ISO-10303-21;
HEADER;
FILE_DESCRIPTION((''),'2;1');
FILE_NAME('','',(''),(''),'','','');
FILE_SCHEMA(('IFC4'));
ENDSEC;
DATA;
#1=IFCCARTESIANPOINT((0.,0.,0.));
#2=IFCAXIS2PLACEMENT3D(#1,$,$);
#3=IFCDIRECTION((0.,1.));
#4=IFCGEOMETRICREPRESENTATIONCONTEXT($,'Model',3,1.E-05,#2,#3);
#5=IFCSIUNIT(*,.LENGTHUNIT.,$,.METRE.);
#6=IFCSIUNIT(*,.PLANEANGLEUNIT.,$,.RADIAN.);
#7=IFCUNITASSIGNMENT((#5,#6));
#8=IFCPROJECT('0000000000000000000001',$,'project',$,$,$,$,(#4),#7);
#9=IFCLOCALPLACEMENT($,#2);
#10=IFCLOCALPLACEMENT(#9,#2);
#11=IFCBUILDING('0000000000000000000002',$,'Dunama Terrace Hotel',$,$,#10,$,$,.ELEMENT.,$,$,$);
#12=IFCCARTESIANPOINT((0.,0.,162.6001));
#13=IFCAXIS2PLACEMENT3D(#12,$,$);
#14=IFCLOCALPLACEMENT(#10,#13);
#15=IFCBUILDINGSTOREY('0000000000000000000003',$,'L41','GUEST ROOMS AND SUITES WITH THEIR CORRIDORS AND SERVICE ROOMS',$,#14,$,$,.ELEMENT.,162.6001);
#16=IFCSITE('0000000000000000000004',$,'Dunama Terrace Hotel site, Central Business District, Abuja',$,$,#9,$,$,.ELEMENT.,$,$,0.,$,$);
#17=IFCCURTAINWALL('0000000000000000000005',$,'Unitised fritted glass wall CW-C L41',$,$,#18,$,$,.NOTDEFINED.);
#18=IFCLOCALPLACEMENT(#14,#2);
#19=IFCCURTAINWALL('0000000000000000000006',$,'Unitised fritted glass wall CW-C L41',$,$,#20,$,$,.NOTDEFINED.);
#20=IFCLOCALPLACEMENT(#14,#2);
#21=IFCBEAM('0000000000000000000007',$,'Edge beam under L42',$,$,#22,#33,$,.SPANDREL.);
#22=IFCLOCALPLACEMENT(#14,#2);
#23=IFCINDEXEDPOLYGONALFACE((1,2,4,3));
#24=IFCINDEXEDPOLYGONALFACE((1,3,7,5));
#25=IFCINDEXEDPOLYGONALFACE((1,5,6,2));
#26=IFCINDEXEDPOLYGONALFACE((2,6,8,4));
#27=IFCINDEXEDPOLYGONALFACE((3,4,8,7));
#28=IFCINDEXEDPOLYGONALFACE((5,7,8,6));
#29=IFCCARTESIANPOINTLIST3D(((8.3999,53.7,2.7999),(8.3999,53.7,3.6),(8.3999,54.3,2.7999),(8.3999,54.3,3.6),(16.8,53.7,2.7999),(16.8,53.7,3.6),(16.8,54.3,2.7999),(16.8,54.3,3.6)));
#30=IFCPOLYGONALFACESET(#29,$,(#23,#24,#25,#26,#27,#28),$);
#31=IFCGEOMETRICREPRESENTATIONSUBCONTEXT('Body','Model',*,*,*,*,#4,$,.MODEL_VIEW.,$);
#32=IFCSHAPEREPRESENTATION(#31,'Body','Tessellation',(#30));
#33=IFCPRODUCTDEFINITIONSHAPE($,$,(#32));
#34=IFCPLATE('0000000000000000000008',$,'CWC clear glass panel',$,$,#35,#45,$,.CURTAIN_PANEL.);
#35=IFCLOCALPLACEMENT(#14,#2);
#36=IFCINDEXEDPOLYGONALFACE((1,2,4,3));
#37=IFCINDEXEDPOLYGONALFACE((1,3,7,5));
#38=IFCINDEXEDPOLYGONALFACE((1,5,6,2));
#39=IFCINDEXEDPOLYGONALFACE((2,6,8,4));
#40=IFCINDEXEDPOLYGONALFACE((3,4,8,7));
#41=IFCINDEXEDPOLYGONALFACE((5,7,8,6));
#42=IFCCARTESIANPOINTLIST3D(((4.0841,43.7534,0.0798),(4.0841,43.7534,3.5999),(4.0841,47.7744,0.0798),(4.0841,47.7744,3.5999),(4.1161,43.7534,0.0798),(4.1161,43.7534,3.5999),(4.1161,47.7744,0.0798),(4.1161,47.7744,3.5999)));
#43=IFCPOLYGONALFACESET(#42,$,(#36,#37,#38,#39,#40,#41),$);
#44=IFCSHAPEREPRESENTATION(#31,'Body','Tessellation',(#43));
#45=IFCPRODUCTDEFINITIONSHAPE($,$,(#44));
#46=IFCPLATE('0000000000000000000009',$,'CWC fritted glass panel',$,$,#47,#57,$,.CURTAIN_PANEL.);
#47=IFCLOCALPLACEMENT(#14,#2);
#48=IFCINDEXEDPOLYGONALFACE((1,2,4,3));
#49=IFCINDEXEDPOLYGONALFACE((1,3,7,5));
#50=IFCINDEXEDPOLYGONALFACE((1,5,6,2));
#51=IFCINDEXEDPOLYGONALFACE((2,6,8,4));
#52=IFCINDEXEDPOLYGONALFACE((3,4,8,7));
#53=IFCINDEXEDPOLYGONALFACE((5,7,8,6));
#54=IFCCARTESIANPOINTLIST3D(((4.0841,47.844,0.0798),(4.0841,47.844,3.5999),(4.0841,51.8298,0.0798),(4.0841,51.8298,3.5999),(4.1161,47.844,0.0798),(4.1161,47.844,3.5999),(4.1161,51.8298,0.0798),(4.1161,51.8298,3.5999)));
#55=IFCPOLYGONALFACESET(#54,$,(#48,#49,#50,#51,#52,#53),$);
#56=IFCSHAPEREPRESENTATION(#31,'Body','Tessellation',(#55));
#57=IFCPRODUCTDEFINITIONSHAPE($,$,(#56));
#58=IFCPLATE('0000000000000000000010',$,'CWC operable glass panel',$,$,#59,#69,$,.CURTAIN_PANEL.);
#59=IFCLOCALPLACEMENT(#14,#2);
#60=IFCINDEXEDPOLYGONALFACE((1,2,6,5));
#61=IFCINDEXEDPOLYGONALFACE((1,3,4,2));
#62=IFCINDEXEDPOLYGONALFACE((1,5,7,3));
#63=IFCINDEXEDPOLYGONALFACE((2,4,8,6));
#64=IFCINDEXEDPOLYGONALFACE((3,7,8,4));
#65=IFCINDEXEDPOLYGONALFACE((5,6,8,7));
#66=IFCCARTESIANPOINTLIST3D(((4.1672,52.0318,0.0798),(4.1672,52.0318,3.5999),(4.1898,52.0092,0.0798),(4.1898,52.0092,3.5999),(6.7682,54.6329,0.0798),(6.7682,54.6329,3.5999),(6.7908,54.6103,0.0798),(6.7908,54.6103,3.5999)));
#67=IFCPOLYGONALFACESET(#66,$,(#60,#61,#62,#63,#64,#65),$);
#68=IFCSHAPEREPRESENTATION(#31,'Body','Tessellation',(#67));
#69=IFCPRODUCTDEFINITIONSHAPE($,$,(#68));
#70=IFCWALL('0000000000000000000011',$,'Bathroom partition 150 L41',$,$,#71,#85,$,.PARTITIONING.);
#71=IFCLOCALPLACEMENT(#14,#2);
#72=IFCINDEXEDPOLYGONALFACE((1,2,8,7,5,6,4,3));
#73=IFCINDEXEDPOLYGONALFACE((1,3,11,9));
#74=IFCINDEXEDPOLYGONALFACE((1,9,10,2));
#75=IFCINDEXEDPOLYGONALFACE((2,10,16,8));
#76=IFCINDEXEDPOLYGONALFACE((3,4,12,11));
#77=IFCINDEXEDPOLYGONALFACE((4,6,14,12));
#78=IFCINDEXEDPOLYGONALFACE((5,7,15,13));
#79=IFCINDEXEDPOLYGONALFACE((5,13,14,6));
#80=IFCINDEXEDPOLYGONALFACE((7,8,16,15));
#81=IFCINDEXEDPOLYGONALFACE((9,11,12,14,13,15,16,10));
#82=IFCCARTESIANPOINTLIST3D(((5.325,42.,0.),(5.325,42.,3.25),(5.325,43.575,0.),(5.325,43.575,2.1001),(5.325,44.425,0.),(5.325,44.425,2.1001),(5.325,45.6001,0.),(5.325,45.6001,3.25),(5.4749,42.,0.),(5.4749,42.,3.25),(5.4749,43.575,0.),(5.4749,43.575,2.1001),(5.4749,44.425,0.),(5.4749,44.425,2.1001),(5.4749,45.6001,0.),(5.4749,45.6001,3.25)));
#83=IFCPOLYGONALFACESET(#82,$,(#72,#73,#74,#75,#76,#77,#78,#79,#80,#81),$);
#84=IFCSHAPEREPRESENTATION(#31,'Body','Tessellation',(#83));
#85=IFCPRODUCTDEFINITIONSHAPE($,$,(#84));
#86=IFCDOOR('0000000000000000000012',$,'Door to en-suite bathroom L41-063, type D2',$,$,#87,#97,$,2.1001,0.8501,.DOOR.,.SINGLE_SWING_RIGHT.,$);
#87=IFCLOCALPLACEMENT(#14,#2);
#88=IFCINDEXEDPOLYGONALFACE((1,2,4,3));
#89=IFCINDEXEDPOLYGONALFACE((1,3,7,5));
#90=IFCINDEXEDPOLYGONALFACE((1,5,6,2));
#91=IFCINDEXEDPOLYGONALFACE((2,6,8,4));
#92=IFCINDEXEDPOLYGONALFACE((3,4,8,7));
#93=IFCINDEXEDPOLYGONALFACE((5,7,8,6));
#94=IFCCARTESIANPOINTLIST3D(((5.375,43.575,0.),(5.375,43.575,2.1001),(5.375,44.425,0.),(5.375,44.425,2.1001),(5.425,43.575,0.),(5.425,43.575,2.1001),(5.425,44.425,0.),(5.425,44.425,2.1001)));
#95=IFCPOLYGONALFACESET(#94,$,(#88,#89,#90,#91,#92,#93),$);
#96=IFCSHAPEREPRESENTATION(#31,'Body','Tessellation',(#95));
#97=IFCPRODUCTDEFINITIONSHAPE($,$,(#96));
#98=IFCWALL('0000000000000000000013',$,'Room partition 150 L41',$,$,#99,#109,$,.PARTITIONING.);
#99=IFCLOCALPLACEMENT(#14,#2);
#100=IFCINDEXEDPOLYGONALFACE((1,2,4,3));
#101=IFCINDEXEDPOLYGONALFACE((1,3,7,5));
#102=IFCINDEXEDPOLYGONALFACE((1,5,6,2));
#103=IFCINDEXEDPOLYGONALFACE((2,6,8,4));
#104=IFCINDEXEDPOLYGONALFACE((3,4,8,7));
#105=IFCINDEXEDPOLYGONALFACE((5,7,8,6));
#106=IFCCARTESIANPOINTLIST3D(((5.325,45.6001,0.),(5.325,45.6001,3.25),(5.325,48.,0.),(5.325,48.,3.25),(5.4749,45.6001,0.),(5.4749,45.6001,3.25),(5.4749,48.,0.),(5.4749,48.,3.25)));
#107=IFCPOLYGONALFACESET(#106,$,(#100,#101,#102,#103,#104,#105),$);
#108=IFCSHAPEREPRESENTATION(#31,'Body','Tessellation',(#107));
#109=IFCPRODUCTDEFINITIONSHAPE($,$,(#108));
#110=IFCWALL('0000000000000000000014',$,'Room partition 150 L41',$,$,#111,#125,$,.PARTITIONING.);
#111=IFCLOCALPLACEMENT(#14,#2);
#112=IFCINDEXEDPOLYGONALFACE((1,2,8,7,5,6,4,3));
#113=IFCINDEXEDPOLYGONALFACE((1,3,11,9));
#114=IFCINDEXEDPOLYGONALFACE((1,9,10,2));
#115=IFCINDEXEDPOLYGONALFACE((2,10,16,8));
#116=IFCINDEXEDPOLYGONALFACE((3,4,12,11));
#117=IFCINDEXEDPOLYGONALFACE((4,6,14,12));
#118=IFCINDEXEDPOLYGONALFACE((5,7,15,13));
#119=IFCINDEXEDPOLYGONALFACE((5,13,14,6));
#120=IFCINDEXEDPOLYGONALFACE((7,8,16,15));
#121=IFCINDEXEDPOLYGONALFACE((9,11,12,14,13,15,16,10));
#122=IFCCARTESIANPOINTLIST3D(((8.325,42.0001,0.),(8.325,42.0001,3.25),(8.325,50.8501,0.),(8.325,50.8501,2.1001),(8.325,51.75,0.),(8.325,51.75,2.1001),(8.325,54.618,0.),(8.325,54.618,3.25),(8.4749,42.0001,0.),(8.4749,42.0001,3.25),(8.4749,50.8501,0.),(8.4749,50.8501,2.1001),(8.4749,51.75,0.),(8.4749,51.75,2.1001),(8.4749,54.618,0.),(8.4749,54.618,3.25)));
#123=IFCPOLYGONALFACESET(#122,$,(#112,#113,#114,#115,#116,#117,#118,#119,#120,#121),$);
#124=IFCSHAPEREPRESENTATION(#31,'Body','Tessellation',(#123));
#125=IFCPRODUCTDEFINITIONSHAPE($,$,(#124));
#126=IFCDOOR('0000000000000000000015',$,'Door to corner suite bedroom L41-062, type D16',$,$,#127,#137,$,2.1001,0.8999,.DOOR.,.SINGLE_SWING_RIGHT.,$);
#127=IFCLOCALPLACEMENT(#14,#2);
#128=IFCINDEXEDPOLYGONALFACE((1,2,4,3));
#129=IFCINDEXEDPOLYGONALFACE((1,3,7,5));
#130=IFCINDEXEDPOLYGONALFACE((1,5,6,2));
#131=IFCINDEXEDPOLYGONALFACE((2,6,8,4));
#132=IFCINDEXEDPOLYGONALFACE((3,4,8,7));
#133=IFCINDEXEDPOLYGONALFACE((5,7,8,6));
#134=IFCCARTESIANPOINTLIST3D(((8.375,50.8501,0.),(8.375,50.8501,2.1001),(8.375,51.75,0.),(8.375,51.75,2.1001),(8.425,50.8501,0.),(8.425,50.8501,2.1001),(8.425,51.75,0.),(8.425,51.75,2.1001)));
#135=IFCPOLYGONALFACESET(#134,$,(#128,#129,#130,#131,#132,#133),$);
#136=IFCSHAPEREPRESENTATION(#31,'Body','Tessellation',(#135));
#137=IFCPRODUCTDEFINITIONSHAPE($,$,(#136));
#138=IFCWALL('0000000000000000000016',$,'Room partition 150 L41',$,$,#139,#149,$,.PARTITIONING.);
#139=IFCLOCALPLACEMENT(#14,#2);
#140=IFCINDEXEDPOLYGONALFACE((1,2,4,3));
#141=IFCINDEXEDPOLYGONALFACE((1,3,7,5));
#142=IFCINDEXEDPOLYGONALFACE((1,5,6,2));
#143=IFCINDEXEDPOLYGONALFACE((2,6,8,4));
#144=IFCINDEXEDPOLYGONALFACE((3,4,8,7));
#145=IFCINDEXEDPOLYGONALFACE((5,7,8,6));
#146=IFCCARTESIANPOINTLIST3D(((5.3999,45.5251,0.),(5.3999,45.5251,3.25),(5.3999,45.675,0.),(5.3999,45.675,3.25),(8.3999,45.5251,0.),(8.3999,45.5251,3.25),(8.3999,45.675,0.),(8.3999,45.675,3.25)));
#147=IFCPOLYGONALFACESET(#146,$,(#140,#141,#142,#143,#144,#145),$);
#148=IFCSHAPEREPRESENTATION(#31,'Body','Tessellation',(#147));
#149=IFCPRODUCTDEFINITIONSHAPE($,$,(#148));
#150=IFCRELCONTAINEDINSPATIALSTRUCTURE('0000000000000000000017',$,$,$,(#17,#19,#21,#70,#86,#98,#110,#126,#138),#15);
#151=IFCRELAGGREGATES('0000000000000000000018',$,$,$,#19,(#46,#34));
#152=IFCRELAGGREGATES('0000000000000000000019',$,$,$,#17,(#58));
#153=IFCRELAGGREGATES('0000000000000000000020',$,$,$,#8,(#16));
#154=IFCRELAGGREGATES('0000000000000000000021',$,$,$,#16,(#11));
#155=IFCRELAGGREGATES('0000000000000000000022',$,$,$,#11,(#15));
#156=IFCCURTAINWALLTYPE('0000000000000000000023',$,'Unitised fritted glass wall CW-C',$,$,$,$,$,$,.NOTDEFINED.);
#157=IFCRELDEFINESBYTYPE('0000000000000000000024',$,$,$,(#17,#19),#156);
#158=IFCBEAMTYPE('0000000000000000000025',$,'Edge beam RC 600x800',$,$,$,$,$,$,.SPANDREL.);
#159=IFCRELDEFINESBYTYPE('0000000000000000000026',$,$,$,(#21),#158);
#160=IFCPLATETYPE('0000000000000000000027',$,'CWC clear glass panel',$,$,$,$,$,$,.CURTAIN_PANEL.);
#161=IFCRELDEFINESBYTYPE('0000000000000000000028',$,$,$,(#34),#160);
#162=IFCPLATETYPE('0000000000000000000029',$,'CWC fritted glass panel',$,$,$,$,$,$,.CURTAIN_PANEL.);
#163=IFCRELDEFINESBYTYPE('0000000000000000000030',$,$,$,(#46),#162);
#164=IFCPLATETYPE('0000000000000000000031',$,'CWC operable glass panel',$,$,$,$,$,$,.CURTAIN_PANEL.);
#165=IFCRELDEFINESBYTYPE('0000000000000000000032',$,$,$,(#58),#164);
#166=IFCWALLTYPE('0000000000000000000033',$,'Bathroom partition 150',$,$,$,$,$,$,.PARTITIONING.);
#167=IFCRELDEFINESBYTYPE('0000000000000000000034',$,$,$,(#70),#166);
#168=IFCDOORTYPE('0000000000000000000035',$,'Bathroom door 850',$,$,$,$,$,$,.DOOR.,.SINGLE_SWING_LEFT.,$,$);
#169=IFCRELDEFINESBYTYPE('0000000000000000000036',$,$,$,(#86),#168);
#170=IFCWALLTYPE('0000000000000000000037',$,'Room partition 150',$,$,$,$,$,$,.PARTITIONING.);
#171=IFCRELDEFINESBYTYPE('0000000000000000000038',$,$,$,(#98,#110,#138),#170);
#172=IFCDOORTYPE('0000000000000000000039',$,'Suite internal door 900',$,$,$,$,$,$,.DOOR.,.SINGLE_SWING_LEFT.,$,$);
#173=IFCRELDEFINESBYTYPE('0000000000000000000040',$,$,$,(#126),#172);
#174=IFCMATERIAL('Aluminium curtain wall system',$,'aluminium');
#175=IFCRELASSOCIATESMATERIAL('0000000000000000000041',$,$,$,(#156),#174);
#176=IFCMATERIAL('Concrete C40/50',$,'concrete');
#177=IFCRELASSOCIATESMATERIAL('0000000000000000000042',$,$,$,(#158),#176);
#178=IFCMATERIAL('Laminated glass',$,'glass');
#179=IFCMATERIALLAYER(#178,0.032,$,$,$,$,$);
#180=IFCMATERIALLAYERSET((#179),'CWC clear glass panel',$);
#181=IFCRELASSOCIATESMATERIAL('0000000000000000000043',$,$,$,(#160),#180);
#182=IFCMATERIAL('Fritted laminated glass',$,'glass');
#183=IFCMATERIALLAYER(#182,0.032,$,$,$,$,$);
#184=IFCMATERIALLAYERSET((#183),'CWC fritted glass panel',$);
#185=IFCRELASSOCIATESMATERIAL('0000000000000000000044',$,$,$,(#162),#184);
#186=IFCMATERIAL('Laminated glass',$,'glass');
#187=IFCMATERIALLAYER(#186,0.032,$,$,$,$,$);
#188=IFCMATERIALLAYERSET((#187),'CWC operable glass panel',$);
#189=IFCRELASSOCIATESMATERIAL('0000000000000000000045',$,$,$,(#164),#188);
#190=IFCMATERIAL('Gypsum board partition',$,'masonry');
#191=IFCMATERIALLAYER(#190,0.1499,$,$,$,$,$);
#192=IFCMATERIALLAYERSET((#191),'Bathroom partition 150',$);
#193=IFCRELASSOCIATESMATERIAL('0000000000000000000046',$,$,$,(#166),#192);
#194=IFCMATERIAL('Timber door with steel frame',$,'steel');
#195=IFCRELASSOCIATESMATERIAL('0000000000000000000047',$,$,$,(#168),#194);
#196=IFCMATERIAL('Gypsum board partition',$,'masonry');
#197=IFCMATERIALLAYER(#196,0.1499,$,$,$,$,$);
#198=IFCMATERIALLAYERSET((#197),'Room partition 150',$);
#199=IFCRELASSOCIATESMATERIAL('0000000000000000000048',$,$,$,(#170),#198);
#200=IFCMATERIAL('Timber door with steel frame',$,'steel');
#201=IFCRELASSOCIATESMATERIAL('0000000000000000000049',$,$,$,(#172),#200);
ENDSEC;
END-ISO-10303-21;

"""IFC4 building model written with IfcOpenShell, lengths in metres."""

from ifc_helpers import new_model, si_unit, direction, frame, frame_2d, origin, origin_2d, place, context, subcontext, project, spatial, rectangle, extrude, material, layer, layer_set, material_profile, profile_set, type_object, element, fill, aggregate, save


model = new_model("IFC4")

# Units and contexts
model_context = context("Model", 3, precision=1e-05, world=origin(), true_north=direction((0.0, 1.0)))
body_context = subcontext(model_context, "Body", "Model", "MODEL_VIEW")
ifc_project = project(units=[si_unit("LENGTHUNIT", "METRE"), si_unit("PLANEANGLEUNIT", "RADIAN")], contexts=[model_context])

# Site, building, storey
site_placement = place(None, origin())
site = spatial("IfcSite", under=ifc_project, at=site_placement, Name="Dunama Terrace Hotel site, Central Business District, Abuja", CompositionType="ELEMENT", RefElevation=0.0)
building_placement = place(site_placement, origin())
building = spatial("IfcBuilding", under=site, at=building_placement, Name="Dunama Terrace Hotel", CompositionType="ELEMENT")
storey_placement = place(building_placement, frame((0.0, 0.0, 162.6001)))
storey = spatial("IfcBuildingStorey", under=building, at=storey_placement, Name="L41", Description="GUEST ROOMS AND SUITES WITH THEIR CORRIDORS AND SERVICE ROOMS", CompositionType="ELEMENT", Elevation=162.6001)

# Shared definitions
ifc_material_1 = material(Name="Aluminium curtain wall system", Category="aluminium")
curtain_wall_type = type_object("IfcCurtainWallType", Name="Unitised fritted glass wall CW-C", PredefinedType="NOTDEFINED", material=ifc_material_1)

# Curtain walls
curtain_wall_1_placement = place(storey_placement, origin())
curtain_wall_1 = element("IfcCurtainWall", 1, at=curtain_wall_1_placement, inside=storey, type_object=curtain_wall_type, Name="Unitised fritted glass wall CW-C L41", PredefinedType="NOTDEFINED")
curtain_wall_2_placement = place(storey_placement, origin())
curtain_wall_2 = element("IfcCurtainWall", 2, at=curtain_wall_2_placement, inside=storey, type_object=curtain_wall_type, Name="Unitised fritted glass wall CW-C L41", PredefinedType="NOTDEFINED")

# Beam
ifc_material_2 = material(Name="Concrete C40/50", Category="concrete")
ifc_material_profile_1 = material_profile(ifc_material_2, rectangle(XDim=0.6001, YDim=0.8, at=origin_2d()), Name="RC 600x800")
ifc_profile_set_1 = profile_set([ifc_material_profile_1], Name="Concrete C40/50")
beam_type_1 = type_object("IfcBeamType", Name="Edge beam RC 600x800", PredefinedType="SPANDREL", material=ifc_profile_set_1)
beam_1_placement = place(storey_placement, frame((8.3999, 54.0, 3.2), z_axis=(1.0, 0.0, 0.0), x_axis=(0.0, 1.0, 0.0)))
element("IfcBeam", 3, at=beam_1_placement, inside=storey, type_object=beam_type_1, Name="Edge beam under L42", PredefinedType="SPANDREL", context=body_context, shape_type="SweptSolid", body=[
    extrude(rectangle(XDim=0.6001, YDim=0.8, at=origin_2d()), origin(), (0.0, 0.0, 1.0), 8.4001),
])

# Plates
ifc_material_3 = material(Name="Laminated glass", Category="glass")
ifc_layer_1 = layer(ifc_material_3, 0.032)
ifc_layer_set_1 = layer_set([ifc_layer_1], Name="CWC clear glass panel")
plate_type_1 = type_object("IfcPlateType", Name="CWC clear glass panel", PredefinedType="CURTAIN_PANEL", material=ifc_layer_set_1)
plate_1_placement = place(storey_placement, frame((4.1001, 45.7639, 0.0798), z_axis=(0.0, 0.0, 1.0), x_axis=(0.0, -1.0, 0.0)))
plate_1 = element("IfcPlate", 4, at=plate_1_placement, type_object=plate_type_1, Name="CWC clear glass panel", PredefinedType="CURTAIN_PANEL", context=body_context, shape_type="SweptSolid", body=[
    extrude(rectangle(XDim=4.021, YDim=0.032, at=origin_2d()), origin(), (0.0, 0.0, 1.0), 3.52),
])
ifc_material_4 = material(Name="Fritted laminated glass", Category="glass")
ifc_layer_2 = layer(ifc_material_4, 0.032)
ifc_layer_set_2 = layer_set([ifc_layer_2], Name="CWC fritted glass panel")
plate_type_2 = type_object("IfcPlateType", Name="CWC fritted glass panel", PredefinedType="CURTAIN_PANEL", material=ifc_layer_set_2)
plate_2_placement = place(storey_placement, frame((4.1001, 49.8369, 0.0798), z_axis=(0.0, 0.0, 1.0), x_axis=(0.0, -1.0, 0.0)))
plate_2 = element("IfcPlate", 5, at=plate_2_placement, type_object=plate_type_2, Name="CWC fritted glass panel", PredefinedType="CURTAIN_PANEL", context=body_context, shape_type="SweptSolid", body=[
    extrude(rectangle(XDim=3.9858, YDim=0.032, at=origin_2d()), origin(), (0.0, 0.0, 1.0), 3.52),
])
aggregate(curtain_wall_2, [plate_2, plate_1])
ifc_material_5 = material(Name="Laminated glass", Category="glass")
ifc_layer_3 = layer(ifc_material_5, 0.032)
ifc_layer_set_3 = layer_set([ifc_layer_3], Name="CWC operable glass panel")
plate_type_3 = type_object("IfcPlateType", Name="CWC operable glass panel", PredefinedType="CURTAIN_PANEL", material=ifc_layer_set_3)
plate_3_placement = place(storey_placement, frame((5.479, 53.321, 0.0798), z_axis=(0.0, 0.0, 1.0), x_axis=(-0.707107, -0.707107, 0.0)))
plate_3 = element("IfcPlate", 6, at=plate_3_placement, type_object=plate_type_3, Name="CWC operable glass panel", PredefinedType="CURTAIN_PANEL", context=body_context, shape_type="SweptSolid", body=[
    extrude(rectangle(XDim=3.6785, YDim=0.032, at=origin_2d()), origin(), (0.0, 0.0, 1.0), 3.52),
])
aggregate(curtain_wall_1, [plate_3])

# Wall, opening, door
ifc_material_6 = material(Name="Gypsum board partition", Category="masonry")
ifc_layer_4 = layer(ifc_material_6, 0.1499)
ifc_layer_set_4 = layer_set([ifc_layer_4], Name="Bathroom partition 150")
wall_type_1 = type_object("IfcWallType", Name="Bathroom partition 150", PredefinedType="PARTITIONING", material=ifc_layer_set_4)
wall_1_placement = place(storey_placement, frame((5.3999, 42.0, 0.0), z_axis=(0.0, 0.0, 1.0), x_axis=(0.0, 1.0, 0.0)))
wall_1 = element("IfcWall", 7, at=wall_1_placement, inside=storey, type_object=wall_type_1, Name="Bathroom partition 150 L41", PredefinedType="PARTITIONING", context=body_context, shape_type="SweptSolid", body=[
    extrude(rectangle(XDim=3.6001, YDim=0.1499, at=frame_2d((1.8, 0.0))), origin(), (0.0, 0.0, 1.0), 3.25),
])
opening_1_placement = place(wall_1_placement, frame((1.575, 0.0, 0.0)))
opening_1 = element("IfcOpeningElement", 8, at=opening_1_placement, cuts=wall_1, PredefinedType="OPENING", context=body_context, shape_type="SweptSolid", body=[
    extrude(rectangle(XDim=0.8501, YDim=2.1001, at=frame_2d((0.425, 1.05))), frame((0.0, 0.085, 0.0), z_axis=(0.0, -1.0, 0.0), x_axis=(1.0, 0.0, 0.0)), (0.0, 0.0, 1.0), 0.1699),
])
ifc_material_7 = material(Name="Timber door with steel frame", Category="steel")
door_type_1 = type_object("IfcDoorType", Name="Bathroom door 850", OperationType="SINGLE_SWING_LEFT", PredefinedType="DOOR", material=ifc_material_7)
door_1_placement = place(opening_1_placement, frame((0.8501, 0.0, 0.0), z_axis=(0.0, 0.0, 1.0), x_axis=(-1.0, 0.0, 0.0)))
door_1 = element("IfcDoor", 9, at=door_1_placement, inside=storey, type_object=door_type_1, Name="Door to en-suite bathroom L41-063, type D2", OperationType="SINGLE_SWING_RIGHT", OverallHeight=2.1001, OverallWidth=0.8501, PredefinedType="DOOR", context=body_context, shape_type="SweptSolid", body=[
    extrude(rectangle(XDim=0.8501, YDim=2.1001, at=frame_2d((0.425, 1.05))), frame((0.0, 0.0251, 0.0), z_axis=(0.0, -1.0, 0.0), x_axis=(1.0, 0.0, 0.0)), (0.0, 0.0, 1.0), 0.05),
])
fill(opening_1, door_1)

# Wall
ifc_material_8 = material(Name="Gypsum board partition", Category="masonry")
ifc_layer_5 = layer(ifc_material_8, 0.1499)
ifc_layer_set_5 = layer_set([ifc_layer_5], Name="Room partition 150")
wall_type_2 = type_object("IfcWallType", Name="Room partition 150", PredefinedType="PARTITIONING", material=ifc_layer_set_5)
wall_2_placement = place(storey_placement, frame((5.3999, 45.6001, 0.0), z_axis=(0.0, 0.0, 1.0), x_axis=(0.0, 1.0, 0.0)))
element("IfcWall", 10, at=wall_2_placement, inside=storey, type_object=wall_type_2, Name="Room partition 150 L41", PredefinedType="PARTITIONING", context=body_context, shape_type="SweptSolid", body=[
    extrude(rectangle(XDim=2.3999, YDim=0.1499, at=frame_2d((1.2, 0.0))), origin(), (0.0, 0.0, 1.0), 3.25),
])

# Wall, opening, door
wall_3_placement = place(storey_placement, frame((8.3999, 42.0, 0.0), z_axis=(0.0, 0.0, 1.0), x_axis=(0.0, 1.0, 0.0)))
wall_3 = element("IfcWall", 11, at=wall_3_placement, inside=storey, type_object=wall_type_2, Name="Room partition 150 L41", PredefinedType="PARTITIONING", context=body_context, shape_type="SweptSolid", body=[
    extrude(rectangle(XDim=12.6179, YDim=0.1499, at=frame_2d((6.3091, 0.0))), origin(), (0.0, 0.0, 1.0), 3.25),
])
opening_2_placement = place(wall_3_placement, frame((8.8501, 0.0, 0.0)))
opening_2 = element("IfcOpeningElement", 12, at=opening_2_placement, cuts=wall_3, PredefinedType="OPENING", context=body_context, shape_type="SweptSolid", body=[
    extrude(rectangle(XDim=0.8999, YDim=2.1001, at=frame_2d((0.45, 1.05))), frame((0.0, 0.085, 0.0), z_axis=(0.0, -1.0, 0.0), x_axis=(1.0, 0.0, 0.0)), (0.0, 0.0, 1.0), 0.1699),
])
ifc_material_9 = material(Name="Timber door with steel frame", Category="steel")
door_type_2 = type_object("IfcDoorType", Name="Suite internal door 900", OperationType="SINGLE_SWING_LEFT", PredefinedType="DOOR", material=ifc_material_9)
door_2_placement = place(opening_2_placement, origin())
door_2 = element("IfcDoor", 13, at=door_2_placement, inside=storey, type_object=door_type_2, Name="Door to corner suite bedroom L41-062, type D16", OperationType="SINGLE_SWING_RIGHT", OverallHeight=2.1001, OverallWidth=0.8999, PredefinedType="DOOR", context=body_context, shape_type="SweptSolid", body=[
    extrude(rectangle(XDim=0.8999, YDim=2.1001, at=frame_2d((0.45, 1.05))), frame((0.0, 0.0249, 0.0), z_axis=(0.0, -1.0, 0.0), x_axis=(1.0, 0.0, 0.0)), (0.0, 0.0, 1.0), 0.05),
])
fill(opening_2, door_2)

# Wall
wall_4_placement = place(storey_placement, frame((5.3999, 45.6001, 0.0), z_axis=(0.0, 0.0, 1.0), x_axis=(1.0, 0.0, 0.0)))
element("IfcWall", 14, at=wall_4_placement, inside=storey, type_object=wall_type_2, Name="Room partition 150 L41", PredefinedType="PARTITIONING", context=body_context, shape_type="SweptSolid", body=[
    extrude(rectangle(XDim=3.0, YDim=0.1499, at=frame_2d((1.5, 0.0))), origin(), (0.0, 0.0, 1.0), 3.25),
])

save(model, "model.ifc")
